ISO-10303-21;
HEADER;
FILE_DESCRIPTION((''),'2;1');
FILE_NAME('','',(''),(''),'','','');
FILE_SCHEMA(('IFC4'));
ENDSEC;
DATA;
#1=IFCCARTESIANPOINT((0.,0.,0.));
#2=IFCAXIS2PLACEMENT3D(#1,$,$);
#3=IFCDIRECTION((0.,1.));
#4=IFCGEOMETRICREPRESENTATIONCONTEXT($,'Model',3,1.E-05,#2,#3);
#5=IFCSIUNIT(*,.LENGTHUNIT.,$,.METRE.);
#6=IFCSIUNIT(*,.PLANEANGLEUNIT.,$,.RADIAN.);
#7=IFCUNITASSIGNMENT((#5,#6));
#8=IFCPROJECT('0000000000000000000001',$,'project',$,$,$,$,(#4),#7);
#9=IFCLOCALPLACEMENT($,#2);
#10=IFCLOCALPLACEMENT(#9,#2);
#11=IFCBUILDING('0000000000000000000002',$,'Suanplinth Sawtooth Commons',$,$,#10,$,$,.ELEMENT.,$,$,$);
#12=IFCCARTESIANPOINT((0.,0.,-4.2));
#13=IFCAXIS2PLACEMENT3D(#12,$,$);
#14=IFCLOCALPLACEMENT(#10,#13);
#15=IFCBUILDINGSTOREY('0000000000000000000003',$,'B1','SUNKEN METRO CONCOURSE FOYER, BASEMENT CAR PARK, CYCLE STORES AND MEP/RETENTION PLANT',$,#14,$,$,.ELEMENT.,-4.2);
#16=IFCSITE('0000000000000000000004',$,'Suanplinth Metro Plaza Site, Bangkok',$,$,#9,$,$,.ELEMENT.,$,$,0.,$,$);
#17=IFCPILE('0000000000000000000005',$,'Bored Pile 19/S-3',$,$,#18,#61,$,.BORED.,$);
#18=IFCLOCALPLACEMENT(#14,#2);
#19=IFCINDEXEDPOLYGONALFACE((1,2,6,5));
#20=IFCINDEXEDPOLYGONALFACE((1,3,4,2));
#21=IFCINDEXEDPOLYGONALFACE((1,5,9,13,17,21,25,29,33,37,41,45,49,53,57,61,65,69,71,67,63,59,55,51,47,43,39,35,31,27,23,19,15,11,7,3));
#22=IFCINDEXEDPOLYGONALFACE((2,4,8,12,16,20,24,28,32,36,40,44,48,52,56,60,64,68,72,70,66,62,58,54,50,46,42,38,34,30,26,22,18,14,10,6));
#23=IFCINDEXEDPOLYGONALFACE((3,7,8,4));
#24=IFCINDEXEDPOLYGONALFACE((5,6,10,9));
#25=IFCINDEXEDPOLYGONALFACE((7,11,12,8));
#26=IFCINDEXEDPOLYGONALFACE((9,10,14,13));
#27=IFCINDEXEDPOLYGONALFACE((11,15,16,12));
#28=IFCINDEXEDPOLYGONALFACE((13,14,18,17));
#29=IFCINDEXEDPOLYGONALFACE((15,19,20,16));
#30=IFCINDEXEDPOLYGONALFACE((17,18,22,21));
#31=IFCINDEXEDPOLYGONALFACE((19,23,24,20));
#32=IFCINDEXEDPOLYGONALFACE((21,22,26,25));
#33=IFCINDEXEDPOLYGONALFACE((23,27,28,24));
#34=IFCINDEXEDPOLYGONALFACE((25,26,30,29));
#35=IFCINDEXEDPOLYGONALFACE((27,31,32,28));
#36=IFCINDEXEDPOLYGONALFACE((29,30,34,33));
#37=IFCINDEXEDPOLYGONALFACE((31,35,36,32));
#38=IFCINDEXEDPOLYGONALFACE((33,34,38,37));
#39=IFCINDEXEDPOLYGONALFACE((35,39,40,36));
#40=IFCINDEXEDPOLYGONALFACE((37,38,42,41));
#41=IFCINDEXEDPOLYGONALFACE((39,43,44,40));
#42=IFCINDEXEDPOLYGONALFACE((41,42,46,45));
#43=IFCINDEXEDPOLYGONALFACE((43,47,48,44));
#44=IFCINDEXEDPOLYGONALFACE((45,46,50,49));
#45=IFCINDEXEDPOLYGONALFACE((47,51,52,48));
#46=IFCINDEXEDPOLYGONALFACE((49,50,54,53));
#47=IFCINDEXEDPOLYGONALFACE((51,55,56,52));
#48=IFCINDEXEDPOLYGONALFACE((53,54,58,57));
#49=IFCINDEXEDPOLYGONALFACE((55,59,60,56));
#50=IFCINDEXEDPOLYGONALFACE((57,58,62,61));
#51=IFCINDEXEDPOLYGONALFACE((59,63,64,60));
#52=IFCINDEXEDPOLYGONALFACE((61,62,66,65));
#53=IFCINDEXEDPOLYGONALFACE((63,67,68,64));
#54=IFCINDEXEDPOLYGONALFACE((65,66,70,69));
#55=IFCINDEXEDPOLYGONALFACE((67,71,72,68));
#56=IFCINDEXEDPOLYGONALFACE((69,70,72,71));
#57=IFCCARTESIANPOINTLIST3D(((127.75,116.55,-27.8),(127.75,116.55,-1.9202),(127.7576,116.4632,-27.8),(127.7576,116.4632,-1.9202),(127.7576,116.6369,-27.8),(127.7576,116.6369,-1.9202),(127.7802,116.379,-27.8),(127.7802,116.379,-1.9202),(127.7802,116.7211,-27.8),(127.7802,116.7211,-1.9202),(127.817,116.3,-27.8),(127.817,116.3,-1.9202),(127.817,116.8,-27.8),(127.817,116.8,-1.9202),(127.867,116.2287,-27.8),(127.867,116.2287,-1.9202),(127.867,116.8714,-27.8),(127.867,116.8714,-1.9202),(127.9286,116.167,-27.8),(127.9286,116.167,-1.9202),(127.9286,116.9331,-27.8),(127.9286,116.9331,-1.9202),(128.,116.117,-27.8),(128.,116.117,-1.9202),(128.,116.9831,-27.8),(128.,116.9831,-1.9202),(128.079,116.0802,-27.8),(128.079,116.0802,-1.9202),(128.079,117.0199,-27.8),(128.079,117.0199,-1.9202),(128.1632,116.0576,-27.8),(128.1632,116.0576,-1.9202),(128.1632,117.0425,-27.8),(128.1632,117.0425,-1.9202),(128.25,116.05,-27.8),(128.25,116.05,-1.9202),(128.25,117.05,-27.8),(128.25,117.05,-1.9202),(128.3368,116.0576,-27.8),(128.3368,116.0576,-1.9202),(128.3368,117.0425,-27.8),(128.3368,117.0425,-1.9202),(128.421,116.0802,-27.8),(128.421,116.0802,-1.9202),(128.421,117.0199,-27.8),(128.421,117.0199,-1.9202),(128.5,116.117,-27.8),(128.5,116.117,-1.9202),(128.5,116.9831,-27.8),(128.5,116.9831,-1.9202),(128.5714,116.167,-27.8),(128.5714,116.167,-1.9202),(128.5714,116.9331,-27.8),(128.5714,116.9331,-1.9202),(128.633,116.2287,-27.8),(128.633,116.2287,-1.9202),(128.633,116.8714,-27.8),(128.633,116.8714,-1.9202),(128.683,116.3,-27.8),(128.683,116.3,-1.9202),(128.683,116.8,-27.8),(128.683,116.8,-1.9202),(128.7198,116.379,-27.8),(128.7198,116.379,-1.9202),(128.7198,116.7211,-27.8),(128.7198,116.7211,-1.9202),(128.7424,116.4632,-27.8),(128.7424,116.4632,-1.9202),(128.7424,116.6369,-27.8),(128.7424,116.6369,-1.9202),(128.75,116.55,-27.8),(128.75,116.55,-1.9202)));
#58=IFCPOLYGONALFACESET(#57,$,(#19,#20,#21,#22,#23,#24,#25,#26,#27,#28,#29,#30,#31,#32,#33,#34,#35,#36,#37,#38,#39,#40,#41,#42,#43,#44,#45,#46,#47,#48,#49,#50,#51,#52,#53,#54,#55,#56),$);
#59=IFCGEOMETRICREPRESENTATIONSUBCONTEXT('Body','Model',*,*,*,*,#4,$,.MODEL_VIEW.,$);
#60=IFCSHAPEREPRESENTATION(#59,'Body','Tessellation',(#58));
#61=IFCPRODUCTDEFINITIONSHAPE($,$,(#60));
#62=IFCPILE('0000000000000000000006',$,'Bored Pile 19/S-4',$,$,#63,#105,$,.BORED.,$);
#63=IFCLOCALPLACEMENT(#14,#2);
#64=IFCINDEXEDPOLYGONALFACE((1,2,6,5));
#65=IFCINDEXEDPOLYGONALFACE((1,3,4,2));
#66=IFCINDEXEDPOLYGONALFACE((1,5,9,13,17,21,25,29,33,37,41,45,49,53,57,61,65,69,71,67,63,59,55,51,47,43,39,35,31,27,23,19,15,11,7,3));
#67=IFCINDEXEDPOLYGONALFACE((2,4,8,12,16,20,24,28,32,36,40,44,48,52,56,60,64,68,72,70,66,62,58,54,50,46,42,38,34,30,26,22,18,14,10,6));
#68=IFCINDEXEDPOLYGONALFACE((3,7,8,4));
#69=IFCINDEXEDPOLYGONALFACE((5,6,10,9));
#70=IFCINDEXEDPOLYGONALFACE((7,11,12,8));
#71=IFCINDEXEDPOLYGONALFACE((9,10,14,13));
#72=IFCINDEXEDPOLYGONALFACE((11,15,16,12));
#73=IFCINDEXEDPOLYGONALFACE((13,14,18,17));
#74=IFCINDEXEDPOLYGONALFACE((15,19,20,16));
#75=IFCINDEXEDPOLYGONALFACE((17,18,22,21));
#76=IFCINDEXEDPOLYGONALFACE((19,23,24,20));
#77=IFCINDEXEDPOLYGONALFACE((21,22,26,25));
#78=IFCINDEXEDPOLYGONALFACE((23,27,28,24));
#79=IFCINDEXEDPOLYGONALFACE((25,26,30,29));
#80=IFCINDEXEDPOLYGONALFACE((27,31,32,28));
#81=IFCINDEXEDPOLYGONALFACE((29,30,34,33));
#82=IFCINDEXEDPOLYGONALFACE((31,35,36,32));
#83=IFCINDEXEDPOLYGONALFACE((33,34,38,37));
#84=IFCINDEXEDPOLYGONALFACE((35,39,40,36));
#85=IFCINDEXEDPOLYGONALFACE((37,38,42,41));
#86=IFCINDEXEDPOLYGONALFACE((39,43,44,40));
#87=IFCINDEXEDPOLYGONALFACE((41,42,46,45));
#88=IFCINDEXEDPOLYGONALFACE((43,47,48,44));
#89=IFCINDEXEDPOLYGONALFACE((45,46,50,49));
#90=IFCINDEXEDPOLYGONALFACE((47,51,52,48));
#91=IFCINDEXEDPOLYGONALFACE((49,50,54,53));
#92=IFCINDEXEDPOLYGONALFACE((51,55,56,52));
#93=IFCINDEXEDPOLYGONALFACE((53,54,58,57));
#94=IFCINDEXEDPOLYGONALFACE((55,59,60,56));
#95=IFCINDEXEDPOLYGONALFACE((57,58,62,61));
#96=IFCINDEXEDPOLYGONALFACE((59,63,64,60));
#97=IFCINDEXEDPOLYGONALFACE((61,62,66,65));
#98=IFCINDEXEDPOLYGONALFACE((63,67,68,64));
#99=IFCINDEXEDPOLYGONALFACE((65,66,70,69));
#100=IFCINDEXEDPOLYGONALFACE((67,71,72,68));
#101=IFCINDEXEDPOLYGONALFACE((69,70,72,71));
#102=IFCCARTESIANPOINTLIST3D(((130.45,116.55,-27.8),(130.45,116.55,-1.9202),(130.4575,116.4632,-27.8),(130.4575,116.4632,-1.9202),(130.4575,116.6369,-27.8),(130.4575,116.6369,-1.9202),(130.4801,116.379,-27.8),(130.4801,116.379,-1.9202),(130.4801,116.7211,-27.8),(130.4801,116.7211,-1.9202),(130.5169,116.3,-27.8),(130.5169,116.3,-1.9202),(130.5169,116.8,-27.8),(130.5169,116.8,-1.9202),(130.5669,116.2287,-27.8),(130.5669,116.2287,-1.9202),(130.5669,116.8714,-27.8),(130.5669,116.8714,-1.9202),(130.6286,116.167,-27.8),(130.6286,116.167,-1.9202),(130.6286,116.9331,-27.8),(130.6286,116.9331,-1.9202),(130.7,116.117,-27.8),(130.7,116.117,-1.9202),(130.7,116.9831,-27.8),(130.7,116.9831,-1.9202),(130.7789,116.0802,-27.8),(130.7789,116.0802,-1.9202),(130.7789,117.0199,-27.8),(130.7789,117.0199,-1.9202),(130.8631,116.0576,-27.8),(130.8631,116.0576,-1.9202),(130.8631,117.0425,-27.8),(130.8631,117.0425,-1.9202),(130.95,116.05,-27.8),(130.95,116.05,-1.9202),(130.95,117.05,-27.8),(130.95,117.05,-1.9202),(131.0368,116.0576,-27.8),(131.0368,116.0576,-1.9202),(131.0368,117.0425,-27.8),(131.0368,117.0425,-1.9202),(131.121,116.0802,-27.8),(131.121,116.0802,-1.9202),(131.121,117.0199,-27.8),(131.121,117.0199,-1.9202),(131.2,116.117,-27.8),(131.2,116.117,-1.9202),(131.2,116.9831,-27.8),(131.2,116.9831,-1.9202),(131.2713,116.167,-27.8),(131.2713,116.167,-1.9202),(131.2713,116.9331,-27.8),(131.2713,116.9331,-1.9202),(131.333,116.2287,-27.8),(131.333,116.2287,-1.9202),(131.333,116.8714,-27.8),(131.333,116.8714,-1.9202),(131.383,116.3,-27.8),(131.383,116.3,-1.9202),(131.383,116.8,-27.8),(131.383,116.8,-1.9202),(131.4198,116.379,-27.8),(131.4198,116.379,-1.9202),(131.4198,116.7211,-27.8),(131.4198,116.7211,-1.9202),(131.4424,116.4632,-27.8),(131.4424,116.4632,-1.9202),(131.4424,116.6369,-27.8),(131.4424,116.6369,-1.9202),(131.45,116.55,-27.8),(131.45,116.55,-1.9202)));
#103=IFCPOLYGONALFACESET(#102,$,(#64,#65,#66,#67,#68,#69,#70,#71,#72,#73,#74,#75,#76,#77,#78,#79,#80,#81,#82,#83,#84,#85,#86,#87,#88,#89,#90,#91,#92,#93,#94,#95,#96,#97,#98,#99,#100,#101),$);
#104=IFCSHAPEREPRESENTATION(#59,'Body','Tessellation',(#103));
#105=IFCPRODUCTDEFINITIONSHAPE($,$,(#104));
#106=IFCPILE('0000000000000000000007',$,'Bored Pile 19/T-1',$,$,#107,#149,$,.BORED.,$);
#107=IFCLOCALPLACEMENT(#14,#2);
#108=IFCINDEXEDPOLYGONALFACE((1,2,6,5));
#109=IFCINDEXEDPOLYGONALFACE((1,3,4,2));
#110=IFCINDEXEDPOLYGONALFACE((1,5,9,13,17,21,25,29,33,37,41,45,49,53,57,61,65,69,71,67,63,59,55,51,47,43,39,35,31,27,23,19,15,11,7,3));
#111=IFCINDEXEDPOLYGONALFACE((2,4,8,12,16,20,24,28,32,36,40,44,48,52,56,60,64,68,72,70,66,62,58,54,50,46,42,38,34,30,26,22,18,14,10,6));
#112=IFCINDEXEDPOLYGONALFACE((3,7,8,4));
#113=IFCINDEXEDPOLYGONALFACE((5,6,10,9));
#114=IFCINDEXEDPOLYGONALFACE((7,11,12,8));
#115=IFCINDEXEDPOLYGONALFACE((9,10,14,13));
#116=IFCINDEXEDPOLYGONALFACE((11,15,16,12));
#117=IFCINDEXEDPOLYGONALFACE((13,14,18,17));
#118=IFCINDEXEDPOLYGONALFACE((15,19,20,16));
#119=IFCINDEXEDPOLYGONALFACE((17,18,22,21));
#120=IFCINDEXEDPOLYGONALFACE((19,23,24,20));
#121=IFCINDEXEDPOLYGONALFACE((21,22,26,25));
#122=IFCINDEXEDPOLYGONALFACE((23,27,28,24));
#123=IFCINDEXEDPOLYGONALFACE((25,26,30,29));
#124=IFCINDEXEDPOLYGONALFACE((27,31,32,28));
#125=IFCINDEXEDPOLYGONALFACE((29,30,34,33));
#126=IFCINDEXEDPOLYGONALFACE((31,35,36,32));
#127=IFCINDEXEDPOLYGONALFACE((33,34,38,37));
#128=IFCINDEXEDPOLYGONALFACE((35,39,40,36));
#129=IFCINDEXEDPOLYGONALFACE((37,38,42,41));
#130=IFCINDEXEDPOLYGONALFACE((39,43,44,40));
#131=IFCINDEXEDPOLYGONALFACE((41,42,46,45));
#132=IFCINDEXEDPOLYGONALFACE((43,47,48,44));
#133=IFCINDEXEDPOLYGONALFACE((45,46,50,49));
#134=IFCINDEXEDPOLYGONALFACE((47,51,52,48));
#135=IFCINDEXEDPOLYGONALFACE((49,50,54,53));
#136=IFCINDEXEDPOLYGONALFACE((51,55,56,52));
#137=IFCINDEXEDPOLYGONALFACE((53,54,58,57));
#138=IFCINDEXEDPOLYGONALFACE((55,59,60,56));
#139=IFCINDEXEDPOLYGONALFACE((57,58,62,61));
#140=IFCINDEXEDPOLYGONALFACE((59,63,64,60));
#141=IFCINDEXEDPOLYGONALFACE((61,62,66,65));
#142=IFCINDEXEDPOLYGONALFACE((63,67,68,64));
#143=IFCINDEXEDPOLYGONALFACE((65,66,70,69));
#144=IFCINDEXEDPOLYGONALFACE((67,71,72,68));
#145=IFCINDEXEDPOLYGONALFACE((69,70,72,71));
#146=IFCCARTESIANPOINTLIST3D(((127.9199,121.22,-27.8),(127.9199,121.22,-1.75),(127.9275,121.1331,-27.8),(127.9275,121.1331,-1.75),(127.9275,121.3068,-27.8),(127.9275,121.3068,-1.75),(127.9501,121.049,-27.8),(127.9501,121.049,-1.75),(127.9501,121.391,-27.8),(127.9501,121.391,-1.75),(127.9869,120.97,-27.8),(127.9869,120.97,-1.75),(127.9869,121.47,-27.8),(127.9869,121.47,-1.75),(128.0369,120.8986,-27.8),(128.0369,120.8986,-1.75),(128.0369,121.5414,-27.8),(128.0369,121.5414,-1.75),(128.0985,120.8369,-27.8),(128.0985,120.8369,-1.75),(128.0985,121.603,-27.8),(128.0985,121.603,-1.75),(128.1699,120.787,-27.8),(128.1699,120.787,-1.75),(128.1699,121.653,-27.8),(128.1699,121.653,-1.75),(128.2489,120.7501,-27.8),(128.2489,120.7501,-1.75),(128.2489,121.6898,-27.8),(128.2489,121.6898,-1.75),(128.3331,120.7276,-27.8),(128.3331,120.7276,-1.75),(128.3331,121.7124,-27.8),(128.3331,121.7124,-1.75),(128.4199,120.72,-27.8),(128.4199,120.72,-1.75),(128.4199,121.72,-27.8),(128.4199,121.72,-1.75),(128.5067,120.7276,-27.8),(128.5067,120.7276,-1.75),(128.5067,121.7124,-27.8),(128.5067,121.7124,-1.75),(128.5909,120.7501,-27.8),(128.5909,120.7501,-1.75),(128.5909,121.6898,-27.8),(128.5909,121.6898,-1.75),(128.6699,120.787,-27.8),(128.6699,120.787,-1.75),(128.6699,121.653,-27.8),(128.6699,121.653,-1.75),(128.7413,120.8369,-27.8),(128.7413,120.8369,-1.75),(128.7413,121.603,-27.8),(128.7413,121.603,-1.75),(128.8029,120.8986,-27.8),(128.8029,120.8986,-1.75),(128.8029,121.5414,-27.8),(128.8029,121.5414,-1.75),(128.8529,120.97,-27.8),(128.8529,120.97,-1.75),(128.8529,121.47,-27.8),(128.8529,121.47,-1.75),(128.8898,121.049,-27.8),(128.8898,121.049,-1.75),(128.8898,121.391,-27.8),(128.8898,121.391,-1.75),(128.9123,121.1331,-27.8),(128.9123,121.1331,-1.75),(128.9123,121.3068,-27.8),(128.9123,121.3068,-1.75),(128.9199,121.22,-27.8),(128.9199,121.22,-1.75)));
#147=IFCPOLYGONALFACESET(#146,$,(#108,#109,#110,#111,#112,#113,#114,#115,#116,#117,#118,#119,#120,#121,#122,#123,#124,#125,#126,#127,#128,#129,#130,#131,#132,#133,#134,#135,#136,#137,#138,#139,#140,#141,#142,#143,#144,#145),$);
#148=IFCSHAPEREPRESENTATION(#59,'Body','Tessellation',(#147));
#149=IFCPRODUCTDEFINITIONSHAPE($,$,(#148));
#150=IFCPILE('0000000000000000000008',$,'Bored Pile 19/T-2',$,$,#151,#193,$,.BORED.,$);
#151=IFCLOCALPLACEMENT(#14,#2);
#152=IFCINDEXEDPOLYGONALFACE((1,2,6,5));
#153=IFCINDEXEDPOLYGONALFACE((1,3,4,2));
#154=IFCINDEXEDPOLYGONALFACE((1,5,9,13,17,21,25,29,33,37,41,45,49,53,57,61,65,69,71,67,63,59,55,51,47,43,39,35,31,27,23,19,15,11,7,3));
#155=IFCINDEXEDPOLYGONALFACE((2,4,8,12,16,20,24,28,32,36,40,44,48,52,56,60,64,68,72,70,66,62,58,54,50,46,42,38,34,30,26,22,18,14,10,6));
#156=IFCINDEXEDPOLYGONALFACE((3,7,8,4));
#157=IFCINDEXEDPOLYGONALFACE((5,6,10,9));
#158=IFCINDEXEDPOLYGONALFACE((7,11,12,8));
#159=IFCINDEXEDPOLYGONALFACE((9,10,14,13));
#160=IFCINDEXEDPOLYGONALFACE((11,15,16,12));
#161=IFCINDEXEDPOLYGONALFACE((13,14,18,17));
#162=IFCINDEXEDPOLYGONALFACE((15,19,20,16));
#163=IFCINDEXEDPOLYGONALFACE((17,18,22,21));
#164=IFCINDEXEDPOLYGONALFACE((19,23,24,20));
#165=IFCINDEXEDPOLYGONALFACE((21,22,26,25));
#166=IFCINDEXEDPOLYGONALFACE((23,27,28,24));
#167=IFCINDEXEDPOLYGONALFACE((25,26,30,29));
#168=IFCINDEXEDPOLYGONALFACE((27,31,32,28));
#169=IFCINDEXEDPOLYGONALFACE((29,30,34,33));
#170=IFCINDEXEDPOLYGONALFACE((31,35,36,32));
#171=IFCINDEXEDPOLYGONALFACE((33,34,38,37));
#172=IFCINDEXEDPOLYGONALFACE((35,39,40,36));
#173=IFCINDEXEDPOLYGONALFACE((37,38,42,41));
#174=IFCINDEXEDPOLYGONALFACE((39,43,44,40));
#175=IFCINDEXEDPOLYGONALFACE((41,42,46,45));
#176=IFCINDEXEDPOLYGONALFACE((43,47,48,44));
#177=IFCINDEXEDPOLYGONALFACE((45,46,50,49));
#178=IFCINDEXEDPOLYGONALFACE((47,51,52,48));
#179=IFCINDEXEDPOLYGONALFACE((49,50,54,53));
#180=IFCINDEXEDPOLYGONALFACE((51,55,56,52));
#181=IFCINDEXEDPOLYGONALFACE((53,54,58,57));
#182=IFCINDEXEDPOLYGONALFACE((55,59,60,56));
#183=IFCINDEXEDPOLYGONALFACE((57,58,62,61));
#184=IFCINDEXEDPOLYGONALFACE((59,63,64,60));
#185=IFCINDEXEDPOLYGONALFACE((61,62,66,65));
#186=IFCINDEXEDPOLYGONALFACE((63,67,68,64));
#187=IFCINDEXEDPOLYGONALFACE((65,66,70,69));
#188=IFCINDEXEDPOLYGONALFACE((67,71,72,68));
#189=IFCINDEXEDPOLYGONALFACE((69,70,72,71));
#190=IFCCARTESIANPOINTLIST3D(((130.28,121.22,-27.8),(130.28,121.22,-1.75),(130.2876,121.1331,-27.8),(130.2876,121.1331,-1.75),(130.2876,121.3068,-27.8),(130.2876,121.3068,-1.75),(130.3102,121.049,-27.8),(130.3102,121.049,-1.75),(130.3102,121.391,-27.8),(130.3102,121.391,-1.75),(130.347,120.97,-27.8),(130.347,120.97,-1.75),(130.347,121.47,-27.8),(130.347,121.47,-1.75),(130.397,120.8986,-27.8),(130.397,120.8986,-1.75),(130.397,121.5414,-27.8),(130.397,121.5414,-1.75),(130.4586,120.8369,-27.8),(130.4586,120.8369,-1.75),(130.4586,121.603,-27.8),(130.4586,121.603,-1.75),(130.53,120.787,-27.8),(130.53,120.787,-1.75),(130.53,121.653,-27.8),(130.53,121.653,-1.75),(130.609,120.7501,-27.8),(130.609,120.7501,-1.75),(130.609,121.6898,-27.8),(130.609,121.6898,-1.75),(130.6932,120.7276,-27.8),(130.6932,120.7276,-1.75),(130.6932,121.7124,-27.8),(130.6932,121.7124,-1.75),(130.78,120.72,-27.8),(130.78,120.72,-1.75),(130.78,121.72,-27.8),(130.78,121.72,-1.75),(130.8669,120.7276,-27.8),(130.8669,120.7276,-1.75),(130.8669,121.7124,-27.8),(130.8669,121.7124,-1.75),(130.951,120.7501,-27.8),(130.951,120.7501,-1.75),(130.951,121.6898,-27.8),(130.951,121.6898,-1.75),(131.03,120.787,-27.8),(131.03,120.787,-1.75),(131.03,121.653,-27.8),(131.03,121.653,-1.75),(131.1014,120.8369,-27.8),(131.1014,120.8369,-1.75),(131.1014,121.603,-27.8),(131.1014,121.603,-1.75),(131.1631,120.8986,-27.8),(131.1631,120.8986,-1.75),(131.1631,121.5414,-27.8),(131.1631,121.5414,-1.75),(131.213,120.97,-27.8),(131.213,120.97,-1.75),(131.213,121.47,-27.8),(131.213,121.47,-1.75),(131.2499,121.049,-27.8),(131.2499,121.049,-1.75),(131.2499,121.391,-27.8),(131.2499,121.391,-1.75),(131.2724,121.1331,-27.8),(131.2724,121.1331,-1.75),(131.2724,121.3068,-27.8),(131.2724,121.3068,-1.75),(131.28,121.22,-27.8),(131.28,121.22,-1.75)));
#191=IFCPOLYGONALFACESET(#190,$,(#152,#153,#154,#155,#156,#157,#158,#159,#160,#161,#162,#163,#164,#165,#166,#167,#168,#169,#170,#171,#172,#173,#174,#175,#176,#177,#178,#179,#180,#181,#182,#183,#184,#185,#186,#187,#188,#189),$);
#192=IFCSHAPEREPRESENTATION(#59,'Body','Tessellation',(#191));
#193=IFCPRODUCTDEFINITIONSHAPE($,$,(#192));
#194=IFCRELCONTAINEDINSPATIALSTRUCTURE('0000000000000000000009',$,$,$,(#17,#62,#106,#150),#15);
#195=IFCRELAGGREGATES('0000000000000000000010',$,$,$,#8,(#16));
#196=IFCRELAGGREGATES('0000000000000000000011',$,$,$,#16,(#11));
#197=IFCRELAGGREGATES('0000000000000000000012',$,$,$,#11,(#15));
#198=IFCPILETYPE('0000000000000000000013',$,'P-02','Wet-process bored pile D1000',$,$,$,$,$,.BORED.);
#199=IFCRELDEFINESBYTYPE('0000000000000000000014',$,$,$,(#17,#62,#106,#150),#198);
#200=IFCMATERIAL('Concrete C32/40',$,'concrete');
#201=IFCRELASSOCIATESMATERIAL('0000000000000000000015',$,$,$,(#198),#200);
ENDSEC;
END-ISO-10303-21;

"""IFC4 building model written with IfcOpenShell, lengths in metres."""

from ifc_helpers import new_model, si_unit, direction, frame, origin, origin_2d, place, context, subcontext, project, spatial, circle, extrude, material, material_profile, profile_set, type_object, element, save


model = new_model("IFC4")

# Units and contexts
model_context = context("Model", 3, precision=1e-05, world=origin(), true_north=direction((0.0, 1.0)))
body_context = subcontext(model_context, "Body", "Model", "MODEL_VIEW")
ifc_project = project(units=[si_unit("LENGTHUNIT", "METRE"), si_unit("PLANEANGLEUNIT", "RADIAN")], contexts=[model_context])

# Site, building, storey
site_placement = place(None, origin())
site = spatial("IfcSite", under=ifc_project, at=site_placement, Name="Suanplinth Metro Plaza Site, Bangkok", CompositionType="ELEMENT", RefElevation=0.0)
building_placement = place(site_placement, origin())
building = spatial("IfcBuilding", under=site, at=building_placement, Name="Suanplinth Sawtooth Commons", CompositionType="ELEMENT")
storey_placement = place(building_placement, frame((0.0, 0.0, -4.2)))
storey = spatial("IfcBuildingStorey", under=building, at=storey_placement, Name="B1", Description="SUNKEN METRO CONCOURSE FOYER, BASEMENT CAR PARK, CYCLE STORES AND MEP/RETENTION PLANT", CompositionType="ELEMENT", Elevation=-4.2)

# Piles
ifc_material_1 = material(Name="Concrete C32/40", Category="concrete")
ifc_material_profile_1 = material_profile(ifc_material_1, circle(Radius=0.5, at=origin_2d()), Name="PILE D1000")
ifc_profile_set_1 = profile_set([ifc_material_profile_1], Name="Concrete C32/40")
pile_type = type_object("IfcPileType", Name="P-02", Description="Wet-process bored pile D1000", PredefinedType="BORED", material=ifc_profile_set_1)
for number, where, z_axis, x_axis, name in (
    (1, (128.25, 116.55, -1.9202), (0.0, 0.0, -1.0), (1.0, 0.0, 0.0), "Bored Pile 19/S-3"),
    (2, (130.95, 116.55, -1.9202), (0.0, 0.0, -1.0), (1.0, 0.0, 0.0), "Bored Pile 19/S-4"),
):
    element("IfcPile", number, at=place(storey_placement, frame(where, z_axis=z_axis, x_axis=x_axis)), inside=storey, type_object=pile_type, Name=name, PredefinedType="BORED", context=body_context, shape_type="SweptSolid", body=[
        extrude(circle(Radius=0.5, at=origin_2d()), origin(), (0.0, 0.0, 1.0), 25.8799),
    ])
for number, where, z_axis, x_axis, name in (
    (3, (128.4199, 121.22, -1.75), (0.0, 0.0, -1.0), (1.0, 0.0, 0.0), "Bored Pile 19/T-1"),
    (4, (130.78, 121.22, -1.75), (0.0, 0.0, -1.0), (1.0, 0.0, 0.0), "Bored Pile 19/T-2"),
):
    element("IfcPile", number, at=place(storey_placement, frame(where, z_axis=z_axis, x_axis=x_axis)), inside=storey, type_object=pile_type, Name=name, PredefinedType="BORED", context=body_context, shape_type="SweptSolid", body=[
        extrude(circle(Radius=0.5, at=origin_2d()), origin(), (0.0, 0.0, 1.0), 26.05),
    ])

save(model, "model.ifc")
